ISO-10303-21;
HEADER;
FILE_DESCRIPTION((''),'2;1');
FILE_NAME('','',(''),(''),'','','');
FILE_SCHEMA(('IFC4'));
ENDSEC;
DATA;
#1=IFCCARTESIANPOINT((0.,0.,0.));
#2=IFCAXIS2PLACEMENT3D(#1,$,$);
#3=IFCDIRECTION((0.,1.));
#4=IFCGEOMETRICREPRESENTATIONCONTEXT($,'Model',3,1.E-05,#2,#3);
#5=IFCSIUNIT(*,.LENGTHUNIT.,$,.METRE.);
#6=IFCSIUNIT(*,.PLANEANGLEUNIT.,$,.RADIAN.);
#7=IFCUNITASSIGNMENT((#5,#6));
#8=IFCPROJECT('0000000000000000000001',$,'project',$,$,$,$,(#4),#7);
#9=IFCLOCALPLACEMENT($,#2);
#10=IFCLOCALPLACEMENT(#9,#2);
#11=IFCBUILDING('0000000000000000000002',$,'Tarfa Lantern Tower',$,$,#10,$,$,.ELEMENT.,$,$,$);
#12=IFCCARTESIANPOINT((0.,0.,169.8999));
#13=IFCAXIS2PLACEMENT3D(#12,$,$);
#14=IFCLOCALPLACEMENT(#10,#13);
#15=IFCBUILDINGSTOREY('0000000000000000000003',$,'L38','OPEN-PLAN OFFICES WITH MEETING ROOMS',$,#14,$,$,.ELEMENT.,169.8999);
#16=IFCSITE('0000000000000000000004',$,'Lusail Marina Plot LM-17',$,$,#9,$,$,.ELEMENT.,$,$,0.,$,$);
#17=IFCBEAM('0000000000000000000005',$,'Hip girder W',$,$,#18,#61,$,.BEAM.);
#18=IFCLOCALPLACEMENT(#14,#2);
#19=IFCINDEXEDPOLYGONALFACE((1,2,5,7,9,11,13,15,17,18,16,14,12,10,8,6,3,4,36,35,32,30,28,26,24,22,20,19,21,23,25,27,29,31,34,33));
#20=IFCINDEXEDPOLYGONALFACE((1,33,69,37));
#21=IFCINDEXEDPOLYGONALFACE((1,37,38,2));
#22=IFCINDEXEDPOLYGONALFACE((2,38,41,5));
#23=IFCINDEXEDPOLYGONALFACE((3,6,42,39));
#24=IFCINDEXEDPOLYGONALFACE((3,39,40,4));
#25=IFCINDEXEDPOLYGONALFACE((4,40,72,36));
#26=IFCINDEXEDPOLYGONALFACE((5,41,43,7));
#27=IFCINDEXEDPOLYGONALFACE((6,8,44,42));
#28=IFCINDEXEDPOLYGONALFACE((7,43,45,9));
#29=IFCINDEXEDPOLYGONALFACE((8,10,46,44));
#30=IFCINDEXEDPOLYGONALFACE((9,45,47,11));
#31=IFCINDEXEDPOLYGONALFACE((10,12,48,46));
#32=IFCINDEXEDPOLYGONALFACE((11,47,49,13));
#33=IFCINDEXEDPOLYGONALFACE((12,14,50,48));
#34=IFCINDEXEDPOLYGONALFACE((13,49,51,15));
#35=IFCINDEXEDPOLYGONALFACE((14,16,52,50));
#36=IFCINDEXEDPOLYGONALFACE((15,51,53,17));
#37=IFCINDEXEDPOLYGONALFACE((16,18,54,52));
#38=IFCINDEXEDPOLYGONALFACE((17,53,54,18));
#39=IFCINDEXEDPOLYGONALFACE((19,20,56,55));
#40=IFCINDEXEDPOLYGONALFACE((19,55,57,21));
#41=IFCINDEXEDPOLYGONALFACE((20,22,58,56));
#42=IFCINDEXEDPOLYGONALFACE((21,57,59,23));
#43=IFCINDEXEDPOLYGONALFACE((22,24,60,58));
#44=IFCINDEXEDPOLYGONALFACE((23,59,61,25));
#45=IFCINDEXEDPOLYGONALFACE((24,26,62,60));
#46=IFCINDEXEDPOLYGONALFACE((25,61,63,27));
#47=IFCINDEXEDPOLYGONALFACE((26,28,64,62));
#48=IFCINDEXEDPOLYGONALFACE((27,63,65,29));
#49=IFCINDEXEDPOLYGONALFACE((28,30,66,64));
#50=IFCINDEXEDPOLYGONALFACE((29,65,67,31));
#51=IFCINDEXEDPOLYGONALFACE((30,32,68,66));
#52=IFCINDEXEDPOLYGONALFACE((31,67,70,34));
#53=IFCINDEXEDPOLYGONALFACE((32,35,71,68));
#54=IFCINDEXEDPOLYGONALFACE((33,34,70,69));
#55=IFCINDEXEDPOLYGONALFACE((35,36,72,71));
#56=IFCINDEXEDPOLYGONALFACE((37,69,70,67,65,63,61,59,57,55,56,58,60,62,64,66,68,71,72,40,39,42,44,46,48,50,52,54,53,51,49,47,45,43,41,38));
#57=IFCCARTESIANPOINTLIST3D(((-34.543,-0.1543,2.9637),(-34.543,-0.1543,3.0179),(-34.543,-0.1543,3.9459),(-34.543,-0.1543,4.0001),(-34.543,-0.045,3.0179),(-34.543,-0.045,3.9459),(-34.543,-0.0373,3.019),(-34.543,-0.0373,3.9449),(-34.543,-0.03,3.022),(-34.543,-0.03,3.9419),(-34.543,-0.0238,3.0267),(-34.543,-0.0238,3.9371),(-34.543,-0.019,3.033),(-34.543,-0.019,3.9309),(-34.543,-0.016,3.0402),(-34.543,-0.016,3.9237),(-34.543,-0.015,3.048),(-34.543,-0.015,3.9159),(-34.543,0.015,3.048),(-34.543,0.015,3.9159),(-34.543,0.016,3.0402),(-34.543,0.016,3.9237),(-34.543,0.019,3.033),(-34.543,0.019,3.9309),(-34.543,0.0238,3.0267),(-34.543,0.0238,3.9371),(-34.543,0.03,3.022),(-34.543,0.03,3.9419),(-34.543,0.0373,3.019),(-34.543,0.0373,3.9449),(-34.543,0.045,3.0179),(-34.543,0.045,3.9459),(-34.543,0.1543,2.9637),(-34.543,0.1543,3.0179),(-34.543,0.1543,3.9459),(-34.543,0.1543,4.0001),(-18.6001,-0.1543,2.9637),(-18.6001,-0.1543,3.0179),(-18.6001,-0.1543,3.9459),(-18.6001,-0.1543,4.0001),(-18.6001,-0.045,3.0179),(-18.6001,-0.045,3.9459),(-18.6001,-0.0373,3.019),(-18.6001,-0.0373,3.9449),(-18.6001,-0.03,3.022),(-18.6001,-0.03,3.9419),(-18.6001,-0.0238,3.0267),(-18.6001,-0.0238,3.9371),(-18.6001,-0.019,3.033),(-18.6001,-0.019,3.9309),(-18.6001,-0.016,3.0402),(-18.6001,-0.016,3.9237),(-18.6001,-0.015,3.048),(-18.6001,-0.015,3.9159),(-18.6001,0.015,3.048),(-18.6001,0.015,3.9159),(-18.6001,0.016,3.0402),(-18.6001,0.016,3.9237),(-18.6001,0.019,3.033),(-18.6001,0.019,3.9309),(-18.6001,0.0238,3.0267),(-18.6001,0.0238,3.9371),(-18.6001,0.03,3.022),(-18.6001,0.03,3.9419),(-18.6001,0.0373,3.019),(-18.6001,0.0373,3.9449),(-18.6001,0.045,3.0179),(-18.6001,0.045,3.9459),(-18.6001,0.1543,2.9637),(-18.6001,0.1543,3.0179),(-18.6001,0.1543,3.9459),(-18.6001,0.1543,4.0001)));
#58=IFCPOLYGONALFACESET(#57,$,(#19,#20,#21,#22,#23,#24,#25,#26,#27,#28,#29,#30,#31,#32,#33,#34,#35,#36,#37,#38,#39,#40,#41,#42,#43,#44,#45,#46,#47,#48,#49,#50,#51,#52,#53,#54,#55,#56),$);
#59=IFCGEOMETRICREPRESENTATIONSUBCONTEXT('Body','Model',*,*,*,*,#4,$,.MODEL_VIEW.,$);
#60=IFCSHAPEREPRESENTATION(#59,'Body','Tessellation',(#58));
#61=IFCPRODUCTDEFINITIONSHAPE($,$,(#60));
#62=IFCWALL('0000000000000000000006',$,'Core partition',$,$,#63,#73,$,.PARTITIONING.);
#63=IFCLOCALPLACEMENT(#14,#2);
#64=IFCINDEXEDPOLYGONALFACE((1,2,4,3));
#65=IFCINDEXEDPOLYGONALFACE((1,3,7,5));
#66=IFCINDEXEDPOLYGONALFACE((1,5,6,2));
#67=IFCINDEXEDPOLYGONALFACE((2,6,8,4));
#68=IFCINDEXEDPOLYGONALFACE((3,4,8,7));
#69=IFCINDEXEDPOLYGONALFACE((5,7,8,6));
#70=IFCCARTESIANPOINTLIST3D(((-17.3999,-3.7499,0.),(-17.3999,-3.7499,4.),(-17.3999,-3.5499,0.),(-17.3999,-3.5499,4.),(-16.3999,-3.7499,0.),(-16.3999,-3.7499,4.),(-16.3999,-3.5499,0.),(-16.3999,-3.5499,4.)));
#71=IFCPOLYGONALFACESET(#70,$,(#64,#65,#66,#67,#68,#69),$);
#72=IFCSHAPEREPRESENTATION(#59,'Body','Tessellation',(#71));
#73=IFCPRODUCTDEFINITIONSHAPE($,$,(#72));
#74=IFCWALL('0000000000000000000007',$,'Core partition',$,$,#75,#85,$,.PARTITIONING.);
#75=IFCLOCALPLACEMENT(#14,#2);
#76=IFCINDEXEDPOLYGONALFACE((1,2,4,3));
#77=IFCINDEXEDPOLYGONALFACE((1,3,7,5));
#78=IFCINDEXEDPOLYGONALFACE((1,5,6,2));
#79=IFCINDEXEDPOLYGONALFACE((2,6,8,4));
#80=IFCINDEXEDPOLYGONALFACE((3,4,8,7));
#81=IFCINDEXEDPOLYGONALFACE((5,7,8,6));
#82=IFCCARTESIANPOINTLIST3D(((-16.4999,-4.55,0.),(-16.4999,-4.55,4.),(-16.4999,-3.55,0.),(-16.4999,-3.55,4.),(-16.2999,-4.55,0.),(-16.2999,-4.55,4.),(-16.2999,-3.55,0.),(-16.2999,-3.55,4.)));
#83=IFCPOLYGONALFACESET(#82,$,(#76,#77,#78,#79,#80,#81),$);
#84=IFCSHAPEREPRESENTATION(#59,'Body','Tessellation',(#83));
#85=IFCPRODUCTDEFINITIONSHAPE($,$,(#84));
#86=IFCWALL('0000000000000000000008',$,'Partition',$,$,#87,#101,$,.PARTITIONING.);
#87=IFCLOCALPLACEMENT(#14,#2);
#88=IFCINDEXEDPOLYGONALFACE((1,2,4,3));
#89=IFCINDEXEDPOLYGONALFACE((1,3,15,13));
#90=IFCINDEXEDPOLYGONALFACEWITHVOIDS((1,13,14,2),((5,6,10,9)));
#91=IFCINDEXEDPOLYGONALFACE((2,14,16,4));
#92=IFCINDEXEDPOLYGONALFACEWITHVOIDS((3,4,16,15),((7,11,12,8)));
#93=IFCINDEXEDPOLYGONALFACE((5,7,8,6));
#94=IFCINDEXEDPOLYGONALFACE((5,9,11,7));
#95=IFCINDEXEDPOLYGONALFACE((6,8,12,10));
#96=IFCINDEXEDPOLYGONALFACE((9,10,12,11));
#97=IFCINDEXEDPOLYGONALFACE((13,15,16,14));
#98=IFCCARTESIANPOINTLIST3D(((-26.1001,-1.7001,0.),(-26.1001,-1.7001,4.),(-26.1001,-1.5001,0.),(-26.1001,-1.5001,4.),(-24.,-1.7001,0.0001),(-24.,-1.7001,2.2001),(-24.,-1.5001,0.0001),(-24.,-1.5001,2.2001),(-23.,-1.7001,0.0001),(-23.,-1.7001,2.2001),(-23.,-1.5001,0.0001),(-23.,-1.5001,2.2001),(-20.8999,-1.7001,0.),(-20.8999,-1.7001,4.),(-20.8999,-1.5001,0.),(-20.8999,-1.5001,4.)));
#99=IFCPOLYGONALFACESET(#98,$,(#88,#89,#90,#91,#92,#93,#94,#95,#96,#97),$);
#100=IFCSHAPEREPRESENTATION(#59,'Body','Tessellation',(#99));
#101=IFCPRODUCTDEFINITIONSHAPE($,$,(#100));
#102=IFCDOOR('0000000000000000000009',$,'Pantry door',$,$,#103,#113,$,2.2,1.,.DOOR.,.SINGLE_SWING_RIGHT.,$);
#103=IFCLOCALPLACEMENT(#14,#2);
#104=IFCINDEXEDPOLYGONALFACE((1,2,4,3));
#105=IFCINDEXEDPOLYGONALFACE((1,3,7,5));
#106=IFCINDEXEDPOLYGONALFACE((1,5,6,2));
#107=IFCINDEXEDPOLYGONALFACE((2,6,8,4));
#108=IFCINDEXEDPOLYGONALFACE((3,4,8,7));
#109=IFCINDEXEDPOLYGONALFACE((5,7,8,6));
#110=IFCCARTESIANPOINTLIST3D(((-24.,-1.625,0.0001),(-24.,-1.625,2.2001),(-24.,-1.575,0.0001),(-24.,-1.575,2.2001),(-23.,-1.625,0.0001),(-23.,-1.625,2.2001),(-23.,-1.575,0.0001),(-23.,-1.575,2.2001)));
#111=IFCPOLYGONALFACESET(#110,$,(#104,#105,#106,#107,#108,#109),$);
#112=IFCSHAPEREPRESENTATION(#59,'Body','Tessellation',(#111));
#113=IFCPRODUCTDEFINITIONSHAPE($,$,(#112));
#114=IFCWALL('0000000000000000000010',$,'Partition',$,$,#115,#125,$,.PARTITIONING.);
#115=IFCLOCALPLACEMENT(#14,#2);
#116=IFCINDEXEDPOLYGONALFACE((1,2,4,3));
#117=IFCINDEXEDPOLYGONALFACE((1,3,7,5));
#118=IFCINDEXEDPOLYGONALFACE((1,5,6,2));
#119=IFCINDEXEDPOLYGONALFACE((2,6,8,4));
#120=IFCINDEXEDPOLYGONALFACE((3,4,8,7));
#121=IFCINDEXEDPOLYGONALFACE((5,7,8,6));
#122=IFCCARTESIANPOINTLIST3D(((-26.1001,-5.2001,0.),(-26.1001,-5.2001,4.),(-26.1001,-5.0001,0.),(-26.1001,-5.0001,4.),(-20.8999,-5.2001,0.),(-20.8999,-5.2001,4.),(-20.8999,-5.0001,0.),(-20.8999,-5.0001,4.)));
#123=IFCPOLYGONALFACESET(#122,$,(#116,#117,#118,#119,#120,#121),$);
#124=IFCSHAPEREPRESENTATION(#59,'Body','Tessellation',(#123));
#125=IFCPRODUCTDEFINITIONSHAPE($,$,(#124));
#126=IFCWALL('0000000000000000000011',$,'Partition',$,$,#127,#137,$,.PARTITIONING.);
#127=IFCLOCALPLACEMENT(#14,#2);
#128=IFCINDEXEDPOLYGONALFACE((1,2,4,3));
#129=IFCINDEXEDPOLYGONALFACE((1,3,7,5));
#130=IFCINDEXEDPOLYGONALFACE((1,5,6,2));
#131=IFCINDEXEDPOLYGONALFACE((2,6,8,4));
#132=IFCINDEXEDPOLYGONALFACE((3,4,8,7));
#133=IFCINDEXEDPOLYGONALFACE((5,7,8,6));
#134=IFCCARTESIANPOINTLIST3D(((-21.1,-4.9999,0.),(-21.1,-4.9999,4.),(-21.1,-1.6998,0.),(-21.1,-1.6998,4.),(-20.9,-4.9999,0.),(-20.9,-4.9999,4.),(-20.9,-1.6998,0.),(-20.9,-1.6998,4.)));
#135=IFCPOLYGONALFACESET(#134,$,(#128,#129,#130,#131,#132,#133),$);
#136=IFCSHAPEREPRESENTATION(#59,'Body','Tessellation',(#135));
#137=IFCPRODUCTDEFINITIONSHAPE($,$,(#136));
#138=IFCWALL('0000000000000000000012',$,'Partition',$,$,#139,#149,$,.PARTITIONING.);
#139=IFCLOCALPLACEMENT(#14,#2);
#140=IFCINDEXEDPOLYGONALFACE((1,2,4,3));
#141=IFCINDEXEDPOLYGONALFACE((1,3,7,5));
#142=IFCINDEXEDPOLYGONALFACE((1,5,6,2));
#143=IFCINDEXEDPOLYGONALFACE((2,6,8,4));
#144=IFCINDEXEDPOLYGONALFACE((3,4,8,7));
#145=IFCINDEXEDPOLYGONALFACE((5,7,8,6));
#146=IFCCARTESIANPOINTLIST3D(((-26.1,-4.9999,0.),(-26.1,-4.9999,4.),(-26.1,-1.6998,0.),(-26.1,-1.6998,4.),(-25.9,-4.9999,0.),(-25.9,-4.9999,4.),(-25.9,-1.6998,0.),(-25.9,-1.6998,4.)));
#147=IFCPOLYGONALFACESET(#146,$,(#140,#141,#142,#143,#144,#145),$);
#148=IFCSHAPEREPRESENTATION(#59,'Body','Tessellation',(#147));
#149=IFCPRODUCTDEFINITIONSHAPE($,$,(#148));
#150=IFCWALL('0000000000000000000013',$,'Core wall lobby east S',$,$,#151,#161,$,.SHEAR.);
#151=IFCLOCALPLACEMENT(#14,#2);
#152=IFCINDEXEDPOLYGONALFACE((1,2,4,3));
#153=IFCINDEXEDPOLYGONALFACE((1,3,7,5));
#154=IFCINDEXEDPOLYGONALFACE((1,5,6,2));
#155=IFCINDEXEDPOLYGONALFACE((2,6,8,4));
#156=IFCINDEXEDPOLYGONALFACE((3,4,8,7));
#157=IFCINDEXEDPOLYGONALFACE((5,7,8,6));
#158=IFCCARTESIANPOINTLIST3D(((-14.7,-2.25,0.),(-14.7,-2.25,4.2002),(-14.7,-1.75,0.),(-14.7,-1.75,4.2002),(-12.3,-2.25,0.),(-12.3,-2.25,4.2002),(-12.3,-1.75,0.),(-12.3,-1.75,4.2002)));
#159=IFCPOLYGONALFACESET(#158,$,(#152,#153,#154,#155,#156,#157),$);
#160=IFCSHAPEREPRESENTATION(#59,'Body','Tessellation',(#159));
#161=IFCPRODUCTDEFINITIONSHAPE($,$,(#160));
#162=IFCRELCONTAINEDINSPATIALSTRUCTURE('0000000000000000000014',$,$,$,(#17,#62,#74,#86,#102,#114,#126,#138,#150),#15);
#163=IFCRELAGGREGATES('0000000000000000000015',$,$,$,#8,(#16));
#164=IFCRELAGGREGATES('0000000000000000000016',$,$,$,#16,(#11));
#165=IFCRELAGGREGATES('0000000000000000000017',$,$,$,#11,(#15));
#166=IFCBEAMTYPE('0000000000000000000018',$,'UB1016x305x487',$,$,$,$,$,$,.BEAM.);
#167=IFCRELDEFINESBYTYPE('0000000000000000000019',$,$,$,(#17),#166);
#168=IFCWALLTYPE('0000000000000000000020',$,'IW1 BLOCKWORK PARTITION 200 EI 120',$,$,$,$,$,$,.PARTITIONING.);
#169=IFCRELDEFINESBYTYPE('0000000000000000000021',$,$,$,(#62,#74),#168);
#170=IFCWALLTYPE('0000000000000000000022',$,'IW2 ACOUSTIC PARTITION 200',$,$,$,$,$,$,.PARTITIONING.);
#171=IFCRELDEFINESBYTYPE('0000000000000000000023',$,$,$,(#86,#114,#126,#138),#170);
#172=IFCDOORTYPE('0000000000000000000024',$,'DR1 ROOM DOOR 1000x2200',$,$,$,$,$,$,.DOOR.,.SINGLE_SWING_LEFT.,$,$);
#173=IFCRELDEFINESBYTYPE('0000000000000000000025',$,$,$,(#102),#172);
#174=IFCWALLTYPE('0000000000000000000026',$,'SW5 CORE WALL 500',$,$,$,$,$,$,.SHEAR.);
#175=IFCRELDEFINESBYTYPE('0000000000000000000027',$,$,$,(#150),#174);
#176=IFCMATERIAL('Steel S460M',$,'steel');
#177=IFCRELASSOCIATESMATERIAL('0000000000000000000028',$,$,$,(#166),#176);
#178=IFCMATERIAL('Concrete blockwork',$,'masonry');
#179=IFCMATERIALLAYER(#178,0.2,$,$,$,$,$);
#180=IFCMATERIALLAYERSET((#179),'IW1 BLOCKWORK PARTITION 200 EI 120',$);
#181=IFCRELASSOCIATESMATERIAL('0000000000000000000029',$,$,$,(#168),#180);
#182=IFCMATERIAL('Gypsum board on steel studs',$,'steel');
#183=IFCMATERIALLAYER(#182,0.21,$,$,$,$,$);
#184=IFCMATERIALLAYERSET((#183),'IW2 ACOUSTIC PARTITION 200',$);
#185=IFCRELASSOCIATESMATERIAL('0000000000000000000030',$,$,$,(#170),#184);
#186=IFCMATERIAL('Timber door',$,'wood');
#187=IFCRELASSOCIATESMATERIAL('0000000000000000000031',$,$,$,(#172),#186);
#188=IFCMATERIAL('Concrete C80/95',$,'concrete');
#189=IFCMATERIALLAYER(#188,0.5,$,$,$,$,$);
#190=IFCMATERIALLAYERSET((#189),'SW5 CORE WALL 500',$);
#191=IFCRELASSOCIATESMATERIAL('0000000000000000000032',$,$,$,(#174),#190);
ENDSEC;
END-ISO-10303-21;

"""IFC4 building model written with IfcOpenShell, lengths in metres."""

from ifc_helpers import new_model, si_unit, direction, frame, frame_2d, origin, origin_2d, place, context, subcontext, project, spatial, rectangle, i_section, extrude, material, layer, layer_set, material_profile, profile_set, type_object, element, fill, save


model = new_model("IFC4")

# Units and contexts
model_context = context("Model", 3, precision=1e-05, world=origin(), true_north=direction((0.0, 1.0)))
body_context = subcontext(model_context, "Body", "Model", "MODEL_VIEW")
ifc_project = project(units=[si_unit("LENGTHUNIT", "METRE"), si_unit("PLANEANGLEUNIT", "RADIAN")], contexts=[model_context])

# Site, building, storey
site_placement = place(None, origin())
site = spatial("IfcSite", under=ifc_project, at=site_placement, Name="Lusail Marina Plot LM-17", CompositionType="ELEMENT", RefElevation=0.0)
building_placement = place(site_placement, origin())
building = spatial("IfcBuilding", under=site, at=building_placement, Name="Tarfa Lantern Tower", CompositionType="ELEMENT")
storey_placement = place(building_placement, frame((0.0, 0.0, 169.8999)))
storey = spatial("IfcBuildingStorey", under=building, at=storey_placement, Name="L38", Description="OPEN-PLAN OFFICES WITH MEETING ROOMS", CompositionType="ELEMENT", Elevation=169.8999)

# Beam
ifc_material_1 = material(Name="Steel S460M", Category="steel")
ifc_material_profile = material_profile(ifc_material_1, i_section(OverallWidth=0.3086, OverallDepth=1.0364, WebThickness=0.03, FlangeThickness=0.0542, FilletRadius=0.03, at=origin_2d()), Name="UB1016x305x487")
ifc_profile_set = profile_set([ifc_material_profile], Name="Steel S460M")
beam_type = type_object("IfcBeamType", Name="UB1016x305x487", PredefinedType="BEAM", material=ifc_profile_set)
beam_placement = place(storey_placement, frame((-18.6001, 0.0, 3.4819), z_axis=(-1.0, 0.0, 0.0), x_axis=(0.0, -1.0, 0.0)))
element("IfcBeam", 1, at=beam_placement, inside=storey, type_object=beam_type, Name="Hip girder W", PredefinedType="BEAM", context=body_context, shape_type="SweptSolid", body=[
    extrude(i_section(OverallWidth=0.3086, OverallDepth=1.0364, WebThickness=0.03, FlangeThickness=0.0542, FilletRadius=0.03, at=origin_2d()), origin(), (0.0, 0.0, 1.0), 15.9429),
])

# Walls
ifc_material_2 = material(Name="Concrete blockwork", Category="masonry")
ifc_layer_1 = layer(ifc_material_2, 0.2)
ifc_layer_set_1 = layer_set([ifc_layer_1], Name="IW1 BLOCKWORK PARTITION 200 EI 120")
wall_type_1 = type_object("IfcWallType", Name="IW1 BLOCKWORK PARTITION 200 EI 120", PredefinedType="PARTITIONING", material=ifc_layer_set_1)
for number, where, z_axis, x_axis, name in (
    (2, (-16.3999, -3.6499, 0.0), (0.0, 0.0, 1.0), (-1.0, 0.0, 0.0), "Core partition"),
    (3, (-16.3999, -3.55, 0.0), (0.0, 0.0, 1.0), (0.0, -1.0, 0.0), "Core partition"),
):
    element("IfcWall", number, at=place(storey_placement, frame(where, z_axis=z_axis, x_axis=x_axis)), inside=storey, type_object=wall_type_1, Name=name, PredefinedType="PARTITIONING", context=body_context, shape_type="SweptSolid", body=[
        extrude(rectangle(XDim=1.0, YDim=0.2, at=frame_2d((0.5, 0.0))), origin(), (0.0, 0.0, 1.0), 4.0),
    ])

# Wall, opening, door
ifc_material_3 = material(Name="Gypsum board on steel studs", Category="steel")
ifc_layer_2 = layer(ifc_material_3, 0.21)
ifc_layer_set_2 = layer_set([ifc_layer_2], Name="IW2 ACOUSTIC PARTITION 200")
wall_type_2 = type_object("IfcWallType", Name="IW2 ACOUSTIC PARTITION 200", PredefinedType="PARTITIONING", material=ifc_layer_set_2)
wall_1_placement = place(storey_placement, frame((-20.8999, -1.6001, 0.0), z_axis=(0.0, 0.0, 1.0), x_axis=(-1.0, 0.0, 0.0)))
wall_1 = element("IfcWall", 4, at=wall_1_placement, inside=storey, type_object=wall_type_2, Name="Partition", PredefinedType="PARTITIONING", context=body_context, shape_type="SweptSolid", body=[
    extrude(rectangle(XDim=5.2002, YDim=0.2, at=frame_2d((2.6001, 0.0))), origin(), (0.0, 0.0, 1.0), 4.0),
])
opening_1_placement = place(wall_1_placement, frame((2.1001, 0.0, 0.0)))
opening_1 = element("IfcOpeningElement", 5, at=opening_1_placement, cuts=wall_1, PredefinedType="OPENING", context=body_context, shape_type="SweptSolid", body=[
    extrude(rectangle(XDim=1.0, YDim=2.2, at=frame_2d((0.5, 1.1001))), frame((0.0, 0.1099, 0.0), z_axis=(0.0, -1.0, 0.0), x_axis=(1.0, 0.0, 0.0)), (0.0, 0.0, 1.0), 0.22),
])
ifc_material_4 = material(Name="Timber door", Category="wood")
door_type_1 = type_object("IfcDoorType", Name="DR1 ROOM DOOR 1000x2200", OperationType="SINGLE_SWING_LEFT", PredefinedType="DOOR", material=ifc_material_4)
door_1_placement = place(opening_1_placement, origin())
door_1 = element("IfcDoor", 6, at=door_1_placement, inside=storey, type_object=door_type_1, Name="Pantry door", OperationType="SINGLE_SWING_RIGHT", OverallHeight=2.2, OverallWidth=1.0, PredefinedType="DOOR", context=body_context, shape_type="SweptSolid", body=[
    extrude(rectangle(XDim=1.0, YDim=2.2, at=frame_2d((0.5, 1.1001))), frame((0.0, 0.0249, 0.0), z_axis=(0.0, -1.0, 0.0), x_axis=(1.0, 0.0, 0.0)), (0.0, 0.0, 1.0), 0.05),
])
fill(opening_1, door_1)

# Walls
wall_2_placement = place(storey_placement, frame((-20.8999, -5.1001, 0.0), z_axis=(0.0, 0.0, 1.0), x_axis=(-1.0, 0.0, 0.0)))
element("IfcWall", 7, at=wall_2_placement, inside=storey, type_object=wall_type_2, Name="Partition", PredefinedType="PARTITIONING", context=body_context, shape_type="SweptSolid", body=[
    extrude(rectangle(XDim=5.2002, YDim=0.2, at=frame_2d((2.6001, 0.0))), origin(), (0.0, 0.0, 1.0), 4.0),
])
for number, where, z_axis, x_axis, name in (
    (8, (-21.0, -1.7, 0.0), (0.0, 0.0, 1.0), (0.0, -1.0, 0.0), "Partition"),
    (9, (-26.0, -1.7, 0.0), (0.0, 0.0, 1.0), (0.0, -1.0, 0.0), "Partition"),
):
    element("IfcWall", number, at=place(storey_placement, frame(where, z_axis=z_axis, x_axis=x_axis)), inside=storey, type_object=wall_type_2, Name=name, PredefinedType="PARTITIONING", context=body_context, shape_type="SweptSolid", body=[
        extrude(rectangle(XDim=3.3, YDim=0.2, at=frame_2d((1.6499, 0.0))), origin(), (0.0, 0.0, 1.0), 4.0),
    ])
ifc_material_5 = material(Name="Concrete C80/95", Category="concrete")
ifc_layer_3 = layer(ifc_material_5, 0.5)
ifc_layer_set_3 = layer_set([ifc_layer_3], Name="SW5 CORE WALL 500")
wall_type_3 = type_object("IfcWallType", Name="SW5 CORE WALL 500", PredefinedType="SHEAR", material=ifc_layer_set_3)
wall_3_placement = place(storey_placement, frame((-12.3, -2.0, 0.0), z_axis=(0.0, 0.0, 1.0), x_axis=(-1.0, 0.0, 0.0)))
element("IfcWall", 10, at=wall_3_placement, inside=storey, type_object=wall_type_3, Name="Core wall lobby east S", PredefinedType="SHEAR", context=body_context, shape_type="SweptSolid", body=[
    extrude(rectangle(XDim=2.3999, YDim=0.5, at=frame_2d((1.2, 0.0))), origin(), (0.0, 0.0, 1.0), 4.2002),
])

save(model, "model.ifc")
